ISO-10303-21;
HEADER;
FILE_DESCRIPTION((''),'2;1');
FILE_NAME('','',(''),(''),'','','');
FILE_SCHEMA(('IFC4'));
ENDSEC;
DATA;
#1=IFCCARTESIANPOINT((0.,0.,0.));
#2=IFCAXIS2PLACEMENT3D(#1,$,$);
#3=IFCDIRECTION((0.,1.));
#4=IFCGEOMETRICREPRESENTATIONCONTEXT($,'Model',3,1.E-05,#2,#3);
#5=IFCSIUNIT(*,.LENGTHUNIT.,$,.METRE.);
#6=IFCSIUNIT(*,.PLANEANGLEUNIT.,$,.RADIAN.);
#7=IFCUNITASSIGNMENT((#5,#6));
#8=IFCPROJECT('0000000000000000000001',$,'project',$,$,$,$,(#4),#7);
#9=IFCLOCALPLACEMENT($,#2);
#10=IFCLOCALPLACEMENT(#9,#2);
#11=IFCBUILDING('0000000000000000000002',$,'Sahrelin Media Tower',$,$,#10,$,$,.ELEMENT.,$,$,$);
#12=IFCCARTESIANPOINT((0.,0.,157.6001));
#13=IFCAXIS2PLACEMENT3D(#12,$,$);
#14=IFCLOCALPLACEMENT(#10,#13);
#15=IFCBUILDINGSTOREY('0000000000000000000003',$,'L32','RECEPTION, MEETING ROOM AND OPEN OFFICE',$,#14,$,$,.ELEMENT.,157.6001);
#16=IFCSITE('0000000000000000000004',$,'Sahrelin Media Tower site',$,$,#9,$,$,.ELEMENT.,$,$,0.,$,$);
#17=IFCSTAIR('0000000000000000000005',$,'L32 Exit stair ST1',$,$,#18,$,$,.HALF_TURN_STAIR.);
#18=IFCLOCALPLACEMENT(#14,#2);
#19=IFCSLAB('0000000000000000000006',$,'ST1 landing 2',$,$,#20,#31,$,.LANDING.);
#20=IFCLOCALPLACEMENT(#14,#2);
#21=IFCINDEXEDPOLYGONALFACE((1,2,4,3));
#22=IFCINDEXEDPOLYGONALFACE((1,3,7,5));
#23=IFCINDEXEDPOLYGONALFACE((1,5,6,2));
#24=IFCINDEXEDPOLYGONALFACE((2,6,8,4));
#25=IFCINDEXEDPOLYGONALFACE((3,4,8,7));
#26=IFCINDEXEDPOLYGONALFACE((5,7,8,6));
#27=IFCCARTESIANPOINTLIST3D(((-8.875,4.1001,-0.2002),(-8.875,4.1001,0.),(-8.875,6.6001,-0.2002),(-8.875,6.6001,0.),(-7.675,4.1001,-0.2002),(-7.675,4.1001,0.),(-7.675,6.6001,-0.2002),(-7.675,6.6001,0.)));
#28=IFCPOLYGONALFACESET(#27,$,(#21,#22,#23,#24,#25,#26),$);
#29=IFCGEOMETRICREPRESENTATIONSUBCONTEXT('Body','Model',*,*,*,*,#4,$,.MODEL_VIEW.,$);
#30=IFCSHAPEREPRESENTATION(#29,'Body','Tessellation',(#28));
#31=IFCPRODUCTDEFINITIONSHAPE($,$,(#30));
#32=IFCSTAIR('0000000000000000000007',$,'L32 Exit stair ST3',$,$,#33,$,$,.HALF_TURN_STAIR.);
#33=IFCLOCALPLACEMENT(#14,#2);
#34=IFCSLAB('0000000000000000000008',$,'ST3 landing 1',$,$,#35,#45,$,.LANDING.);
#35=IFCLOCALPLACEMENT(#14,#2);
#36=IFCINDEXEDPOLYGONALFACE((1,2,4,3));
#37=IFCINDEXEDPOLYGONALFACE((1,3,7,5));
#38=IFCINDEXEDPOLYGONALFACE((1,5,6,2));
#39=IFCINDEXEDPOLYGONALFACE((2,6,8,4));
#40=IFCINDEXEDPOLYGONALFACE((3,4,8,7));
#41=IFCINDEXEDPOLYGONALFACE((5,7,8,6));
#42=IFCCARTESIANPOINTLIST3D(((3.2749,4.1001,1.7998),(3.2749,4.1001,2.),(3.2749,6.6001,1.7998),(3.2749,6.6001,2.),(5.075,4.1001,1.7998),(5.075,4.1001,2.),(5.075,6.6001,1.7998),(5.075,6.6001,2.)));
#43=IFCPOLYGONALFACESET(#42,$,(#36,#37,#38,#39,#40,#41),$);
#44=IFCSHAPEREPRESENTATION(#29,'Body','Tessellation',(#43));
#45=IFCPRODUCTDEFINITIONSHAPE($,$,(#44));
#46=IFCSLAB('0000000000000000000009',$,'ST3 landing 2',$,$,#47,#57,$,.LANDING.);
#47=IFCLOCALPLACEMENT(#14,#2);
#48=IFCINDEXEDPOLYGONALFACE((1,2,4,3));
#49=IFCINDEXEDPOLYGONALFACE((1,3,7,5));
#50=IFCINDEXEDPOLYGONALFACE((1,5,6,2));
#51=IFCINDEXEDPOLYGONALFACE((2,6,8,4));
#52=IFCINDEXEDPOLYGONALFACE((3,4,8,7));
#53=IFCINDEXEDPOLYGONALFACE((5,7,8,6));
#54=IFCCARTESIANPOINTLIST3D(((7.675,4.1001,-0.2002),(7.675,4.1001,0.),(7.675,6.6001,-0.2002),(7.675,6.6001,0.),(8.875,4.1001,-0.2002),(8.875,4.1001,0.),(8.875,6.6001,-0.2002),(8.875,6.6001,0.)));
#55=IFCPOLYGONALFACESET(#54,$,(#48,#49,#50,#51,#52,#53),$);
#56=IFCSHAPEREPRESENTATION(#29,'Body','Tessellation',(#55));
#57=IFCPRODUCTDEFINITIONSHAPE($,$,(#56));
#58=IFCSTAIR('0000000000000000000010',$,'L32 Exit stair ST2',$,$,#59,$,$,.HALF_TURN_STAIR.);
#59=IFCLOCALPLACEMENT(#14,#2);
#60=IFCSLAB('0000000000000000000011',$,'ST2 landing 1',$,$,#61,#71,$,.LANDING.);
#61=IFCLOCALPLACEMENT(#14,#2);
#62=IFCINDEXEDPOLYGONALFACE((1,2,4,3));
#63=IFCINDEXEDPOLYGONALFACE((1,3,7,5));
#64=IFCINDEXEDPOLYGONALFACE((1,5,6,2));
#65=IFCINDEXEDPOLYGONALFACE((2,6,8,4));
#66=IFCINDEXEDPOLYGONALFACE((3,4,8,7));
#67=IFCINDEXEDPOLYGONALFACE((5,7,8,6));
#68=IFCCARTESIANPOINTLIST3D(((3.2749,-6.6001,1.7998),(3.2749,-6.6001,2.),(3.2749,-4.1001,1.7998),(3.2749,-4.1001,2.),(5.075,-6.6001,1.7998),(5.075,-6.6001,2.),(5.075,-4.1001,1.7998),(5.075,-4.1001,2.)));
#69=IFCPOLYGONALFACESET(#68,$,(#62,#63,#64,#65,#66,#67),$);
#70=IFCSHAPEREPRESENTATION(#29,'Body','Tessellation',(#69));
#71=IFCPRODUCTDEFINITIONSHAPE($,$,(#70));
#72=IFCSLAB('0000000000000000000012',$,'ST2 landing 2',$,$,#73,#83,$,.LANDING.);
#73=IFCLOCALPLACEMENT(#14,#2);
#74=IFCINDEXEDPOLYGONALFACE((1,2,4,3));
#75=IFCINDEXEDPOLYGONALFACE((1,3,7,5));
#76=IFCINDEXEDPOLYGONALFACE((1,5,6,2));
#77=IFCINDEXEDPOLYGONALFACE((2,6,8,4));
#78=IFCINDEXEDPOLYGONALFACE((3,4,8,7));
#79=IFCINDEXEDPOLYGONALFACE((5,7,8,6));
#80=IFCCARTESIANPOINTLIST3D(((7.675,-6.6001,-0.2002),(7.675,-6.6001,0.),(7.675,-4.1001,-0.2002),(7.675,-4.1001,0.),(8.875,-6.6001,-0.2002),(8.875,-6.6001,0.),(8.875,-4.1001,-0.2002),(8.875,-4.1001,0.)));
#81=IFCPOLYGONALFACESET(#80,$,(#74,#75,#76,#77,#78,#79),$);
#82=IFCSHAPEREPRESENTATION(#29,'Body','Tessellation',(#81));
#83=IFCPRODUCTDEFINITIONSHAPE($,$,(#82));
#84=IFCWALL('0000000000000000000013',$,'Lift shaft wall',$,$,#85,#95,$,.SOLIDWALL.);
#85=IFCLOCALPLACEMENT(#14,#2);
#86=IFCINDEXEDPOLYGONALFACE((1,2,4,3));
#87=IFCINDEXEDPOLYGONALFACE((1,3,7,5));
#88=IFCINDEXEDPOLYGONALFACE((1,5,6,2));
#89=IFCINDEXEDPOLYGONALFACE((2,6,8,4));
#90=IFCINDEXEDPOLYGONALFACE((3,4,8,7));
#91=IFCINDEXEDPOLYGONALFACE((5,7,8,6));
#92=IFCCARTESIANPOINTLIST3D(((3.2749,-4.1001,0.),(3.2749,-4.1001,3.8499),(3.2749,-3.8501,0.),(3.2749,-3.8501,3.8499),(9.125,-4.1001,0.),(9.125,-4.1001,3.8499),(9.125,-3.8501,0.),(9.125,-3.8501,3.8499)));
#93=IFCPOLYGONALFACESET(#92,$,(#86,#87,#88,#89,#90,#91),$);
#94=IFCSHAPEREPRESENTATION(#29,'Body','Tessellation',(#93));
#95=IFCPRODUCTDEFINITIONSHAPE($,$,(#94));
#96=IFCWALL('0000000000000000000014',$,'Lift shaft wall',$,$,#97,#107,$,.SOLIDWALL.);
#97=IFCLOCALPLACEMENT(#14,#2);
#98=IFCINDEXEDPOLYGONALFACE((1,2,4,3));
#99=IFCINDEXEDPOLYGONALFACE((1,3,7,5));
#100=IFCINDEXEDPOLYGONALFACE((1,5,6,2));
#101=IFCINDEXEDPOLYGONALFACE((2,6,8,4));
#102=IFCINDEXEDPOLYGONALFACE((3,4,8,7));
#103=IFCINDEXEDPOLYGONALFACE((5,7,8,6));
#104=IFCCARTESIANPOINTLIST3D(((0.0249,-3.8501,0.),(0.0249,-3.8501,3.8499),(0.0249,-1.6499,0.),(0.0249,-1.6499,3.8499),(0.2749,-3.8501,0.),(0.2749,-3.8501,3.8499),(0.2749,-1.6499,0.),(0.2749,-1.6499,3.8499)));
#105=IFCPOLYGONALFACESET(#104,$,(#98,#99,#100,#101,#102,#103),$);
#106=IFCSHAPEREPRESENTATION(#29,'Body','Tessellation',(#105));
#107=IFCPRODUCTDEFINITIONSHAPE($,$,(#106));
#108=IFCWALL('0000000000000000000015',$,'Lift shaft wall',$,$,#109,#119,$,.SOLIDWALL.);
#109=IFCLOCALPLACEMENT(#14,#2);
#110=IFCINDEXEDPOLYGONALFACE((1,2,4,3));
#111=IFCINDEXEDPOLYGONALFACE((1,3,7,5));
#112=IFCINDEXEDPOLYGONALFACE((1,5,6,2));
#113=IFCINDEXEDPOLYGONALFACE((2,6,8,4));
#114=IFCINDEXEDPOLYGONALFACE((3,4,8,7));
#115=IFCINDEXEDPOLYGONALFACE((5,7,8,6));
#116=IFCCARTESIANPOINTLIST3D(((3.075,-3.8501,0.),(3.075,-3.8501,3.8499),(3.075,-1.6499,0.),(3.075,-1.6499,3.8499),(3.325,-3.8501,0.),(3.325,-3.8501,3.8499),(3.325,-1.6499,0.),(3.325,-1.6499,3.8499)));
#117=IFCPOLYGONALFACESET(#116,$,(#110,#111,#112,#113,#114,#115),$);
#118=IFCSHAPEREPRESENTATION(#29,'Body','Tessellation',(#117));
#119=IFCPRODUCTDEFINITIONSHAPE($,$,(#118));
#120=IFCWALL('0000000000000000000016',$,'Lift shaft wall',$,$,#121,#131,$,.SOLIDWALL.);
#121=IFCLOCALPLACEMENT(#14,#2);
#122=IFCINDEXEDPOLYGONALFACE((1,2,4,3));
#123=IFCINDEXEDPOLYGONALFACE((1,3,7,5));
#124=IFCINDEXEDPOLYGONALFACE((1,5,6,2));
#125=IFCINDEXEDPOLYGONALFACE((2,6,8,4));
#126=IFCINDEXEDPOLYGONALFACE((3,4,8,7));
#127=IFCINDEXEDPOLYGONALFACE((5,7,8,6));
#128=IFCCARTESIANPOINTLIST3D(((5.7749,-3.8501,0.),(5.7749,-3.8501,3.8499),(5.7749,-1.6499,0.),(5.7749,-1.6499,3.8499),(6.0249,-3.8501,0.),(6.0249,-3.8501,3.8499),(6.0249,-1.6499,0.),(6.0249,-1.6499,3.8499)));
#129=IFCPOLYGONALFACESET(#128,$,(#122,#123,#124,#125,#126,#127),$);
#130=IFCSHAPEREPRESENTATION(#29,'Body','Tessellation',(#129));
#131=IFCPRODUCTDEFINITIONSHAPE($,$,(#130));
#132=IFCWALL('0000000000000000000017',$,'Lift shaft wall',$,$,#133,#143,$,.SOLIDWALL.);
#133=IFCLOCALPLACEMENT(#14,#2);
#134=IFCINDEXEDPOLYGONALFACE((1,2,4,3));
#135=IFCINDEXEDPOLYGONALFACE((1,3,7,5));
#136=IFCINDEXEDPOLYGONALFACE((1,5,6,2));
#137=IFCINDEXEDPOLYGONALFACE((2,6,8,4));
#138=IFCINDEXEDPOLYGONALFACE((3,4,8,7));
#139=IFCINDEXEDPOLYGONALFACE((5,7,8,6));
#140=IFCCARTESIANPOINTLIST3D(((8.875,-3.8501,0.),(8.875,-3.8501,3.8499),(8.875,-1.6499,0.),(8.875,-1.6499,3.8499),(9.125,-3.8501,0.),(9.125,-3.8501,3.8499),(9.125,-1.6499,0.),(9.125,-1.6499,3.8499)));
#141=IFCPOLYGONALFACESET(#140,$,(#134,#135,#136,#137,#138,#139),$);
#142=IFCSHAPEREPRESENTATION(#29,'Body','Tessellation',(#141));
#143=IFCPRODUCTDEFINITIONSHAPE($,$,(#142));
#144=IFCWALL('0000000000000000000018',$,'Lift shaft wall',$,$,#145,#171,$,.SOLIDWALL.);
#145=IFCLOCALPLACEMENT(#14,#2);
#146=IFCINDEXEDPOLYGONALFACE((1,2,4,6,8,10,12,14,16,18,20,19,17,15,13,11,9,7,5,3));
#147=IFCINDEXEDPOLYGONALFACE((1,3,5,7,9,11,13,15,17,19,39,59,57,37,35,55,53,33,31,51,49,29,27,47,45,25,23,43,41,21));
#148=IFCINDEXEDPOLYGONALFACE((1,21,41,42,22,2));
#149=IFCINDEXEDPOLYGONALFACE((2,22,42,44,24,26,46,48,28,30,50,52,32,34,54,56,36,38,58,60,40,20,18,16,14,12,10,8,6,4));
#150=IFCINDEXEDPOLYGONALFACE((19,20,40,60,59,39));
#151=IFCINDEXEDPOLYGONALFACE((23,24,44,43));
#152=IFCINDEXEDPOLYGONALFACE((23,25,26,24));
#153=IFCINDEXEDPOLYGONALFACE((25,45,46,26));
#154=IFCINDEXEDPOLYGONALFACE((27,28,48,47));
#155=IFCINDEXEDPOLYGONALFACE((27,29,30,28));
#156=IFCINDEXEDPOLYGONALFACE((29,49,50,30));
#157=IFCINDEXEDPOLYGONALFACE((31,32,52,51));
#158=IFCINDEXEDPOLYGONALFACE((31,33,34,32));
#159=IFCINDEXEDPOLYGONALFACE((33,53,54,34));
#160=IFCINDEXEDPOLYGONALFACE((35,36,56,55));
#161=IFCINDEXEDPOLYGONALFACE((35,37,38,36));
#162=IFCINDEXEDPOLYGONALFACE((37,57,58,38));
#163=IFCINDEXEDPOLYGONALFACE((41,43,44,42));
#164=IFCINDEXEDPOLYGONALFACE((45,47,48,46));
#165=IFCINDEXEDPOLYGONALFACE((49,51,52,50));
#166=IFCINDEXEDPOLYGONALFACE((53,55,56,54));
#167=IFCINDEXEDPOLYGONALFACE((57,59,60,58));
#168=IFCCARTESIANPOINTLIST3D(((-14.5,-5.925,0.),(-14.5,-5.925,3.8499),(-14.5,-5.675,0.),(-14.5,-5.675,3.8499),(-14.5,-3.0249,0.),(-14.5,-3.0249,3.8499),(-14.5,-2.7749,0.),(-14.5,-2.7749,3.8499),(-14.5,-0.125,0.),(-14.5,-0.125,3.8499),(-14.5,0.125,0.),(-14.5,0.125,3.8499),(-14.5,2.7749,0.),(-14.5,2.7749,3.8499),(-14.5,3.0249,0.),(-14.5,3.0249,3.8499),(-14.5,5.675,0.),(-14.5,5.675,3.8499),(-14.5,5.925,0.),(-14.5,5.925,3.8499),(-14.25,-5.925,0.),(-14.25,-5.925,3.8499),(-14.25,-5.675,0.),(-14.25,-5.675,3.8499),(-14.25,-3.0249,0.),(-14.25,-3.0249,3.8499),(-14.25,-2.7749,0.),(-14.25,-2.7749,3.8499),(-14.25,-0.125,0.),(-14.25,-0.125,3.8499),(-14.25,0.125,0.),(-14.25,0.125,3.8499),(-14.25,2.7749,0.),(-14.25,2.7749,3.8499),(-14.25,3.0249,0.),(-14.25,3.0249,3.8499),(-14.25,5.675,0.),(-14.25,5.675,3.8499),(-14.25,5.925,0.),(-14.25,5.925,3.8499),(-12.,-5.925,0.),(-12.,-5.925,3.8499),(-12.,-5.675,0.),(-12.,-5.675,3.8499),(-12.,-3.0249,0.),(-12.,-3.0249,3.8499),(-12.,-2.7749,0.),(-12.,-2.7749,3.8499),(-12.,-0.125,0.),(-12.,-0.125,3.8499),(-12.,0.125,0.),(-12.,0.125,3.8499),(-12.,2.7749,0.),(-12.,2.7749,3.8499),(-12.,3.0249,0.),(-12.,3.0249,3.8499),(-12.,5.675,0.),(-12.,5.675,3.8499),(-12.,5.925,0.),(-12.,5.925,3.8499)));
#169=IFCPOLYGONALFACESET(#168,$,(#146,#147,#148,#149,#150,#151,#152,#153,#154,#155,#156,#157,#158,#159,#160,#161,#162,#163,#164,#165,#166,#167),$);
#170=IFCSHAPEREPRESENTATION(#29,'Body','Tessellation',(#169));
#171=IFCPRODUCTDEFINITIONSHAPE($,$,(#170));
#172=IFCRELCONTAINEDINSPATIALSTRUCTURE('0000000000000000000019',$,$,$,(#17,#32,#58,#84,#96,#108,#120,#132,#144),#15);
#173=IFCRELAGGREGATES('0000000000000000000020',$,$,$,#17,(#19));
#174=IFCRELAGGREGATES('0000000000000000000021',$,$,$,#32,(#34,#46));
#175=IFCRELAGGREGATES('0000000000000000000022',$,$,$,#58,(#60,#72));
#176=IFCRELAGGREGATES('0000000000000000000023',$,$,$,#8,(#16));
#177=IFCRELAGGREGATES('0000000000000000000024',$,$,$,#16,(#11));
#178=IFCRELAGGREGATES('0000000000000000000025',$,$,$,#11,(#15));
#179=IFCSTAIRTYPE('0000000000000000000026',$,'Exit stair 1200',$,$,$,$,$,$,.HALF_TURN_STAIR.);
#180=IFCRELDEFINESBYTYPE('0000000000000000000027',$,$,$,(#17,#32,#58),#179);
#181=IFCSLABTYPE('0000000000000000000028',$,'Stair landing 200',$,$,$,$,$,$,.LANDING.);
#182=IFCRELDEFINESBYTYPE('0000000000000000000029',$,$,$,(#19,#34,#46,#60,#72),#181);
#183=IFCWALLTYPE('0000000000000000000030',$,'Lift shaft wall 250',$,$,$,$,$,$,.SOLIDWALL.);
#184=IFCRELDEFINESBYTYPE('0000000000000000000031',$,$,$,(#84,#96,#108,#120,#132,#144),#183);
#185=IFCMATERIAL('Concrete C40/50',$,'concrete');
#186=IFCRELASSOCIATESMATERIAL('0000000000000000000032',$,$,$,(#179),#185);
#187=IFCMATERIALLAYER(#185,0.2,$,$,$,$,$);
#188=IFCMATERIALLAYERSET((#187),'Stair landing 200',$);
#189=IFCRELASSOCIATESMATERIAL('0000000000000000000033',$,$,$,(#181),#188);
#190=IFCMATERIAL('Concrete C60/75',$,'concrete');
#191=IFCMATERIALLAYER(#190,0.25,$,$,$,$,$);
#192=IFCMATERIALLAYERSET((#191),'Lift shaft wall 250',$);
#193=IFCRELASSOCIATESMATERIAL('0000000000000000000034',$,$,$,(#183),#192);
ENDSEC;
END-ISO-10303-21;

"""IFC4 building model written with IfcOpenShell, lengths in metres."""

from ifc_helpers import new_model, si_unit, direction, frame, frame_2d, origin, place, context, subcontext, project, spatial, polyline, rectangle, outline, extrude, material, layer, layer_set, type_object, element, aggregate, save


model = new_model("IFC4")

# Units and contexts
model_context = context("Model", 3, precision=1e-05, world=origin(), true_north=direction((0.0, 1.0)))
body_context = subcontext(model_context, "Body", "Model", "MODEL_VIEW")
ifc_project = project(units=[si_unit("LENGTHUNIT", "METRE"), si_unit("PLANEANGLEUNIT", "RADIAN")], contexts=[model_context])

# Site, building, storey
site_placement = place(None, origin())
site = spatial("IfcSite", under=ifc_project, at=site_placement, Name="Sahrelin Media Tower site", CompositionType="ELEMENT", RefElevation=0.0)
building_placement = place(site_placement, origin())
building = spatial("IfcBuilding", under=site, at=building_placement, Name="Sahrelin Media Tower", CompositionType="ELEMENT")
storey_placement = place(building_placement, frame((0.0, 0.0, 157.6001)))
storey = spatial("IfcBuildingStorey", under=building, at=storey_placement, Name="L32", Description="RECEPTION, MEETING ROOM AND OPEN OFFICE", CompositionType="ELEMENT", Elevation=157.6001)

# Shared definitions
ifc_material_1 = material(Name="Concrete C40/50", Category="concrete")

# Stairs, slabs
stair_type = type_object("IfcStairType", Name="Exit stair 1200", PredefinedType="HALF_TURN_STAIR", material=ifc_material_1)
placement_1 = place(storey_placement, origin())
stair_1 = element("IfcStair", 1, at=placement_1, inside=storey, type_object=stair_type, Name="L32 Exit stair ST1", PredefinedType="HALF_TURN_STAIR")
ifc_layer_1 = layer(ifc_material_1, 0.2)
ifc_layer_set_1 = layer_set([ifc_layer_1], Name="Stair landing 200")
slab_type_1 = type_object("IfcSlabType", Name="Stair landing 200", PredefinedType="LANDING", material=ifc_layer_set_1)
placement_2 = place(storey_placement, frame((0.0, 0.0, 1.7998)))
placement_3 = place(storey_placement, frame((0.0, 0.0, -0.2002)))
slab_1 = element("IfcSlab", 2, at=placement_3, type_object=slab_type_1, Name="ST1 landing 2", PredefinedType="LANDING", context=body_context, shape_type="SweptSolid", body=[
    extrude(outline(polyline([(-8.875, 4.1001), (-7.675, 4.1001), (-7.675, 6.6001), (-8.875, 6.6001), (-8.875, 4.1001)])), origin(), (0.0, 0.0, 1.0), 0.2002),
])
aggregate(stair_1, [slab_1])
stair_2 = element("IfcStair", 3, at=placement_1, inside=storey, type_object=stair_type, Name="L32 Exit stair ST3", PredefinedType="HALF_TURN_STAIR")
slab_2 = element("IfcSlab", 4, at=placement_2, type_object=slab_type_1, Name="ST3 landing 1", PredefinedType="LANDING", context=body_context, shape_type="SweptSolid", body=[
    extrude(outline(polyline([(5.075, 6.6001), (3.2749, 6.6001), (3.2749, 4.1001), (5.075, 4.1001), (5.075, 6.6001)])), origin(), (0.0, 0.0, 1.0), 0.2002),
])
slab_3 = element("IfcSlab", 5, at=placement_3, type_object=slab_type_1, Name="ST3 landing 2", PredefinedType="LANDING", context=body_context, shape_type="SweptSolid", body=[
    extrude(outline(polyline([(8.875, 6.6001), (7.675, 6.6001), (7.675, 4.1001), (8.875, 4.1001), (8.875, 6.6001)])), origin(), (0.0, 0.0, 1.0), 0.2002),
])
aggregate(stair_2, [slab_2, slab_3])
stair_3 = element("IfcStair", 6, at=placement_1, inside=storey, type_object=stair_type, Name="L32 Exit stair ST2", PredefinedType="HALF_TURN_STAIR")
slab_4 = element("IfcSlab", 7, at=placement_2, type_object=slab_type_1, Name="ST2 landing 1", PredefinedType="LANDING", context=body_context, shape_type="SweptSolid", body=[
    extrude(outline(polyline([(5.075, -4.1001), (3.2749, -4.1001), (3.2749, -6.6001), (5.075, -6.6001), (5.075, -4.1001)])), origin(), (0.0, 0.0, 1.0), 0.2002),
])
slab_5 = element("IfcSlab", 8, at=placement_3, type_object=slab_type_1, Name="ST2 landing 2", PredefinedType="LANDING", context=body_context, shape_type="SweptSolid", body=[
    extrude(outline(polyline([(8.875, -4.1001), (7.675, -4.1001), (7.675, -6.6001), (8.875, -6.6001), (8.875, -4.1001)])), origin(), (0.0, 0.0, 1.0), 0.2002),
])
aggregate(stair_3, [slab_4, slab_5])

# Walls
ifc_material_2 = material(Name="Concrete C60/75", Category="concrete")
ifc_layer_2 = layer(ifc_material_2, 0.25)
ifc_layer_set_2 = layer_set([ifc_layer_2], Name="Lift shaft wall 250")
wall_type_1 = type_object("IfcWallType", Name="Lift shaft wall 250", PredefinedType="SOLIDWALL", material=ifc_layer_set_2)
wall_1_placement = place(storey_placement, frame((3.2749, -3.9751, 0.0), z_axis=(0.0, 0.0, 1.0), x_axis=(1.0, 0.0, 0.0)))
element("IfcWall", 9, at=wall_1_placement, inside=storey, type_object=wall_type_1, Name="Lift shaft wall", PredefinedType="SOLIDWALL", context=body_context, shape_type="SweptSolid", body=[
    extrude(rectangle(XDim=5.8501, YDim=0.25, at=frame_2d((2.925, 0.0))), origin(), (0.0, 0.0, 1.0), 3.8499),
])
for number, where, z_axis, x_axis, name in (
    (10, (0.1499, -3.8501, 0.0), (0.0, 0.0, 1.0), (0.0, 1.0, 0.0), "Lift shaft wall"),
    (11, (3.2, -3.8501, 0.0), (0.0, 0.0, 1.0), (0.0, 1.0, 0.0), "Lift shaft wall"),
    (12, (5.8999, -3.8501, 0.0), (0.0, 0.0, 1.0), (0.0, 1.0, 0.0), "Lift shaft wall"),
    (13, (9.0, -3.8501, 0.0), (0.0, 0.0, 1.0), (0.0, 1.0, 0.0), "Lift shaft wall"),
):
    element("IfcWall", number, at=place(storey_placement, frame(where, z_axis=z_axis, x_axis=x_axis)), inside=storey, type_object=wall_type_1, Name=name, PredefinedType="SOLIDWALL", context=body_context, shape_type="SweptSolid", body=[
        extrude(rectangle(XDim=2.2002, YDim=0.25, at=frame_2d((1.1001, 0.0))), origin(), (0.0, 0.0, 1.0), 3.8499),
    ])
element("IfcWall", 14, at=placement_1, inside=storey, type_object=wall_type_1, Name="Lift shaft wall", PredefinedType="SOLIDWALL", context=body_context, shape_type="SweptSolid", body=[
    extrude(outline(polyline([(-12.0, -5.925), (-12.0, -5.675), (-14.25, -5.675), (-14.25, -3.0249), (-12.0, -3.0249), (-12.0, -2.7749), (-14.25, -2.7749), (-14.25, -0.125), (-12.0, -0.125), (-12.0, 0.125), (-14.25, 0.125), (-14.25, 2.7749), (-12.0, 2.7749), (-12.0, 3.0249), (-14.25, 3.0249), (-14.25, 5.675), (-12.0, 5.675), (-12.0, 5.925), (-14.25, 5.925), (-14.5, 5.925), (-14.5, 5.675), (-14.5, 3.0249), (-14.5, 2.7749), (-14.5, 0.125), (-14.5, -0.125), (-14.5, -2.7749), (-14.5, -3.0249), (-14.5, -5.675), (-14.5, -5.925), (-14.25, -5.925), (-12.0, -5.925)])), origin(), (0.0, 0.0, 1.0), 3.8499),
])

save(model, "model.ifc")
